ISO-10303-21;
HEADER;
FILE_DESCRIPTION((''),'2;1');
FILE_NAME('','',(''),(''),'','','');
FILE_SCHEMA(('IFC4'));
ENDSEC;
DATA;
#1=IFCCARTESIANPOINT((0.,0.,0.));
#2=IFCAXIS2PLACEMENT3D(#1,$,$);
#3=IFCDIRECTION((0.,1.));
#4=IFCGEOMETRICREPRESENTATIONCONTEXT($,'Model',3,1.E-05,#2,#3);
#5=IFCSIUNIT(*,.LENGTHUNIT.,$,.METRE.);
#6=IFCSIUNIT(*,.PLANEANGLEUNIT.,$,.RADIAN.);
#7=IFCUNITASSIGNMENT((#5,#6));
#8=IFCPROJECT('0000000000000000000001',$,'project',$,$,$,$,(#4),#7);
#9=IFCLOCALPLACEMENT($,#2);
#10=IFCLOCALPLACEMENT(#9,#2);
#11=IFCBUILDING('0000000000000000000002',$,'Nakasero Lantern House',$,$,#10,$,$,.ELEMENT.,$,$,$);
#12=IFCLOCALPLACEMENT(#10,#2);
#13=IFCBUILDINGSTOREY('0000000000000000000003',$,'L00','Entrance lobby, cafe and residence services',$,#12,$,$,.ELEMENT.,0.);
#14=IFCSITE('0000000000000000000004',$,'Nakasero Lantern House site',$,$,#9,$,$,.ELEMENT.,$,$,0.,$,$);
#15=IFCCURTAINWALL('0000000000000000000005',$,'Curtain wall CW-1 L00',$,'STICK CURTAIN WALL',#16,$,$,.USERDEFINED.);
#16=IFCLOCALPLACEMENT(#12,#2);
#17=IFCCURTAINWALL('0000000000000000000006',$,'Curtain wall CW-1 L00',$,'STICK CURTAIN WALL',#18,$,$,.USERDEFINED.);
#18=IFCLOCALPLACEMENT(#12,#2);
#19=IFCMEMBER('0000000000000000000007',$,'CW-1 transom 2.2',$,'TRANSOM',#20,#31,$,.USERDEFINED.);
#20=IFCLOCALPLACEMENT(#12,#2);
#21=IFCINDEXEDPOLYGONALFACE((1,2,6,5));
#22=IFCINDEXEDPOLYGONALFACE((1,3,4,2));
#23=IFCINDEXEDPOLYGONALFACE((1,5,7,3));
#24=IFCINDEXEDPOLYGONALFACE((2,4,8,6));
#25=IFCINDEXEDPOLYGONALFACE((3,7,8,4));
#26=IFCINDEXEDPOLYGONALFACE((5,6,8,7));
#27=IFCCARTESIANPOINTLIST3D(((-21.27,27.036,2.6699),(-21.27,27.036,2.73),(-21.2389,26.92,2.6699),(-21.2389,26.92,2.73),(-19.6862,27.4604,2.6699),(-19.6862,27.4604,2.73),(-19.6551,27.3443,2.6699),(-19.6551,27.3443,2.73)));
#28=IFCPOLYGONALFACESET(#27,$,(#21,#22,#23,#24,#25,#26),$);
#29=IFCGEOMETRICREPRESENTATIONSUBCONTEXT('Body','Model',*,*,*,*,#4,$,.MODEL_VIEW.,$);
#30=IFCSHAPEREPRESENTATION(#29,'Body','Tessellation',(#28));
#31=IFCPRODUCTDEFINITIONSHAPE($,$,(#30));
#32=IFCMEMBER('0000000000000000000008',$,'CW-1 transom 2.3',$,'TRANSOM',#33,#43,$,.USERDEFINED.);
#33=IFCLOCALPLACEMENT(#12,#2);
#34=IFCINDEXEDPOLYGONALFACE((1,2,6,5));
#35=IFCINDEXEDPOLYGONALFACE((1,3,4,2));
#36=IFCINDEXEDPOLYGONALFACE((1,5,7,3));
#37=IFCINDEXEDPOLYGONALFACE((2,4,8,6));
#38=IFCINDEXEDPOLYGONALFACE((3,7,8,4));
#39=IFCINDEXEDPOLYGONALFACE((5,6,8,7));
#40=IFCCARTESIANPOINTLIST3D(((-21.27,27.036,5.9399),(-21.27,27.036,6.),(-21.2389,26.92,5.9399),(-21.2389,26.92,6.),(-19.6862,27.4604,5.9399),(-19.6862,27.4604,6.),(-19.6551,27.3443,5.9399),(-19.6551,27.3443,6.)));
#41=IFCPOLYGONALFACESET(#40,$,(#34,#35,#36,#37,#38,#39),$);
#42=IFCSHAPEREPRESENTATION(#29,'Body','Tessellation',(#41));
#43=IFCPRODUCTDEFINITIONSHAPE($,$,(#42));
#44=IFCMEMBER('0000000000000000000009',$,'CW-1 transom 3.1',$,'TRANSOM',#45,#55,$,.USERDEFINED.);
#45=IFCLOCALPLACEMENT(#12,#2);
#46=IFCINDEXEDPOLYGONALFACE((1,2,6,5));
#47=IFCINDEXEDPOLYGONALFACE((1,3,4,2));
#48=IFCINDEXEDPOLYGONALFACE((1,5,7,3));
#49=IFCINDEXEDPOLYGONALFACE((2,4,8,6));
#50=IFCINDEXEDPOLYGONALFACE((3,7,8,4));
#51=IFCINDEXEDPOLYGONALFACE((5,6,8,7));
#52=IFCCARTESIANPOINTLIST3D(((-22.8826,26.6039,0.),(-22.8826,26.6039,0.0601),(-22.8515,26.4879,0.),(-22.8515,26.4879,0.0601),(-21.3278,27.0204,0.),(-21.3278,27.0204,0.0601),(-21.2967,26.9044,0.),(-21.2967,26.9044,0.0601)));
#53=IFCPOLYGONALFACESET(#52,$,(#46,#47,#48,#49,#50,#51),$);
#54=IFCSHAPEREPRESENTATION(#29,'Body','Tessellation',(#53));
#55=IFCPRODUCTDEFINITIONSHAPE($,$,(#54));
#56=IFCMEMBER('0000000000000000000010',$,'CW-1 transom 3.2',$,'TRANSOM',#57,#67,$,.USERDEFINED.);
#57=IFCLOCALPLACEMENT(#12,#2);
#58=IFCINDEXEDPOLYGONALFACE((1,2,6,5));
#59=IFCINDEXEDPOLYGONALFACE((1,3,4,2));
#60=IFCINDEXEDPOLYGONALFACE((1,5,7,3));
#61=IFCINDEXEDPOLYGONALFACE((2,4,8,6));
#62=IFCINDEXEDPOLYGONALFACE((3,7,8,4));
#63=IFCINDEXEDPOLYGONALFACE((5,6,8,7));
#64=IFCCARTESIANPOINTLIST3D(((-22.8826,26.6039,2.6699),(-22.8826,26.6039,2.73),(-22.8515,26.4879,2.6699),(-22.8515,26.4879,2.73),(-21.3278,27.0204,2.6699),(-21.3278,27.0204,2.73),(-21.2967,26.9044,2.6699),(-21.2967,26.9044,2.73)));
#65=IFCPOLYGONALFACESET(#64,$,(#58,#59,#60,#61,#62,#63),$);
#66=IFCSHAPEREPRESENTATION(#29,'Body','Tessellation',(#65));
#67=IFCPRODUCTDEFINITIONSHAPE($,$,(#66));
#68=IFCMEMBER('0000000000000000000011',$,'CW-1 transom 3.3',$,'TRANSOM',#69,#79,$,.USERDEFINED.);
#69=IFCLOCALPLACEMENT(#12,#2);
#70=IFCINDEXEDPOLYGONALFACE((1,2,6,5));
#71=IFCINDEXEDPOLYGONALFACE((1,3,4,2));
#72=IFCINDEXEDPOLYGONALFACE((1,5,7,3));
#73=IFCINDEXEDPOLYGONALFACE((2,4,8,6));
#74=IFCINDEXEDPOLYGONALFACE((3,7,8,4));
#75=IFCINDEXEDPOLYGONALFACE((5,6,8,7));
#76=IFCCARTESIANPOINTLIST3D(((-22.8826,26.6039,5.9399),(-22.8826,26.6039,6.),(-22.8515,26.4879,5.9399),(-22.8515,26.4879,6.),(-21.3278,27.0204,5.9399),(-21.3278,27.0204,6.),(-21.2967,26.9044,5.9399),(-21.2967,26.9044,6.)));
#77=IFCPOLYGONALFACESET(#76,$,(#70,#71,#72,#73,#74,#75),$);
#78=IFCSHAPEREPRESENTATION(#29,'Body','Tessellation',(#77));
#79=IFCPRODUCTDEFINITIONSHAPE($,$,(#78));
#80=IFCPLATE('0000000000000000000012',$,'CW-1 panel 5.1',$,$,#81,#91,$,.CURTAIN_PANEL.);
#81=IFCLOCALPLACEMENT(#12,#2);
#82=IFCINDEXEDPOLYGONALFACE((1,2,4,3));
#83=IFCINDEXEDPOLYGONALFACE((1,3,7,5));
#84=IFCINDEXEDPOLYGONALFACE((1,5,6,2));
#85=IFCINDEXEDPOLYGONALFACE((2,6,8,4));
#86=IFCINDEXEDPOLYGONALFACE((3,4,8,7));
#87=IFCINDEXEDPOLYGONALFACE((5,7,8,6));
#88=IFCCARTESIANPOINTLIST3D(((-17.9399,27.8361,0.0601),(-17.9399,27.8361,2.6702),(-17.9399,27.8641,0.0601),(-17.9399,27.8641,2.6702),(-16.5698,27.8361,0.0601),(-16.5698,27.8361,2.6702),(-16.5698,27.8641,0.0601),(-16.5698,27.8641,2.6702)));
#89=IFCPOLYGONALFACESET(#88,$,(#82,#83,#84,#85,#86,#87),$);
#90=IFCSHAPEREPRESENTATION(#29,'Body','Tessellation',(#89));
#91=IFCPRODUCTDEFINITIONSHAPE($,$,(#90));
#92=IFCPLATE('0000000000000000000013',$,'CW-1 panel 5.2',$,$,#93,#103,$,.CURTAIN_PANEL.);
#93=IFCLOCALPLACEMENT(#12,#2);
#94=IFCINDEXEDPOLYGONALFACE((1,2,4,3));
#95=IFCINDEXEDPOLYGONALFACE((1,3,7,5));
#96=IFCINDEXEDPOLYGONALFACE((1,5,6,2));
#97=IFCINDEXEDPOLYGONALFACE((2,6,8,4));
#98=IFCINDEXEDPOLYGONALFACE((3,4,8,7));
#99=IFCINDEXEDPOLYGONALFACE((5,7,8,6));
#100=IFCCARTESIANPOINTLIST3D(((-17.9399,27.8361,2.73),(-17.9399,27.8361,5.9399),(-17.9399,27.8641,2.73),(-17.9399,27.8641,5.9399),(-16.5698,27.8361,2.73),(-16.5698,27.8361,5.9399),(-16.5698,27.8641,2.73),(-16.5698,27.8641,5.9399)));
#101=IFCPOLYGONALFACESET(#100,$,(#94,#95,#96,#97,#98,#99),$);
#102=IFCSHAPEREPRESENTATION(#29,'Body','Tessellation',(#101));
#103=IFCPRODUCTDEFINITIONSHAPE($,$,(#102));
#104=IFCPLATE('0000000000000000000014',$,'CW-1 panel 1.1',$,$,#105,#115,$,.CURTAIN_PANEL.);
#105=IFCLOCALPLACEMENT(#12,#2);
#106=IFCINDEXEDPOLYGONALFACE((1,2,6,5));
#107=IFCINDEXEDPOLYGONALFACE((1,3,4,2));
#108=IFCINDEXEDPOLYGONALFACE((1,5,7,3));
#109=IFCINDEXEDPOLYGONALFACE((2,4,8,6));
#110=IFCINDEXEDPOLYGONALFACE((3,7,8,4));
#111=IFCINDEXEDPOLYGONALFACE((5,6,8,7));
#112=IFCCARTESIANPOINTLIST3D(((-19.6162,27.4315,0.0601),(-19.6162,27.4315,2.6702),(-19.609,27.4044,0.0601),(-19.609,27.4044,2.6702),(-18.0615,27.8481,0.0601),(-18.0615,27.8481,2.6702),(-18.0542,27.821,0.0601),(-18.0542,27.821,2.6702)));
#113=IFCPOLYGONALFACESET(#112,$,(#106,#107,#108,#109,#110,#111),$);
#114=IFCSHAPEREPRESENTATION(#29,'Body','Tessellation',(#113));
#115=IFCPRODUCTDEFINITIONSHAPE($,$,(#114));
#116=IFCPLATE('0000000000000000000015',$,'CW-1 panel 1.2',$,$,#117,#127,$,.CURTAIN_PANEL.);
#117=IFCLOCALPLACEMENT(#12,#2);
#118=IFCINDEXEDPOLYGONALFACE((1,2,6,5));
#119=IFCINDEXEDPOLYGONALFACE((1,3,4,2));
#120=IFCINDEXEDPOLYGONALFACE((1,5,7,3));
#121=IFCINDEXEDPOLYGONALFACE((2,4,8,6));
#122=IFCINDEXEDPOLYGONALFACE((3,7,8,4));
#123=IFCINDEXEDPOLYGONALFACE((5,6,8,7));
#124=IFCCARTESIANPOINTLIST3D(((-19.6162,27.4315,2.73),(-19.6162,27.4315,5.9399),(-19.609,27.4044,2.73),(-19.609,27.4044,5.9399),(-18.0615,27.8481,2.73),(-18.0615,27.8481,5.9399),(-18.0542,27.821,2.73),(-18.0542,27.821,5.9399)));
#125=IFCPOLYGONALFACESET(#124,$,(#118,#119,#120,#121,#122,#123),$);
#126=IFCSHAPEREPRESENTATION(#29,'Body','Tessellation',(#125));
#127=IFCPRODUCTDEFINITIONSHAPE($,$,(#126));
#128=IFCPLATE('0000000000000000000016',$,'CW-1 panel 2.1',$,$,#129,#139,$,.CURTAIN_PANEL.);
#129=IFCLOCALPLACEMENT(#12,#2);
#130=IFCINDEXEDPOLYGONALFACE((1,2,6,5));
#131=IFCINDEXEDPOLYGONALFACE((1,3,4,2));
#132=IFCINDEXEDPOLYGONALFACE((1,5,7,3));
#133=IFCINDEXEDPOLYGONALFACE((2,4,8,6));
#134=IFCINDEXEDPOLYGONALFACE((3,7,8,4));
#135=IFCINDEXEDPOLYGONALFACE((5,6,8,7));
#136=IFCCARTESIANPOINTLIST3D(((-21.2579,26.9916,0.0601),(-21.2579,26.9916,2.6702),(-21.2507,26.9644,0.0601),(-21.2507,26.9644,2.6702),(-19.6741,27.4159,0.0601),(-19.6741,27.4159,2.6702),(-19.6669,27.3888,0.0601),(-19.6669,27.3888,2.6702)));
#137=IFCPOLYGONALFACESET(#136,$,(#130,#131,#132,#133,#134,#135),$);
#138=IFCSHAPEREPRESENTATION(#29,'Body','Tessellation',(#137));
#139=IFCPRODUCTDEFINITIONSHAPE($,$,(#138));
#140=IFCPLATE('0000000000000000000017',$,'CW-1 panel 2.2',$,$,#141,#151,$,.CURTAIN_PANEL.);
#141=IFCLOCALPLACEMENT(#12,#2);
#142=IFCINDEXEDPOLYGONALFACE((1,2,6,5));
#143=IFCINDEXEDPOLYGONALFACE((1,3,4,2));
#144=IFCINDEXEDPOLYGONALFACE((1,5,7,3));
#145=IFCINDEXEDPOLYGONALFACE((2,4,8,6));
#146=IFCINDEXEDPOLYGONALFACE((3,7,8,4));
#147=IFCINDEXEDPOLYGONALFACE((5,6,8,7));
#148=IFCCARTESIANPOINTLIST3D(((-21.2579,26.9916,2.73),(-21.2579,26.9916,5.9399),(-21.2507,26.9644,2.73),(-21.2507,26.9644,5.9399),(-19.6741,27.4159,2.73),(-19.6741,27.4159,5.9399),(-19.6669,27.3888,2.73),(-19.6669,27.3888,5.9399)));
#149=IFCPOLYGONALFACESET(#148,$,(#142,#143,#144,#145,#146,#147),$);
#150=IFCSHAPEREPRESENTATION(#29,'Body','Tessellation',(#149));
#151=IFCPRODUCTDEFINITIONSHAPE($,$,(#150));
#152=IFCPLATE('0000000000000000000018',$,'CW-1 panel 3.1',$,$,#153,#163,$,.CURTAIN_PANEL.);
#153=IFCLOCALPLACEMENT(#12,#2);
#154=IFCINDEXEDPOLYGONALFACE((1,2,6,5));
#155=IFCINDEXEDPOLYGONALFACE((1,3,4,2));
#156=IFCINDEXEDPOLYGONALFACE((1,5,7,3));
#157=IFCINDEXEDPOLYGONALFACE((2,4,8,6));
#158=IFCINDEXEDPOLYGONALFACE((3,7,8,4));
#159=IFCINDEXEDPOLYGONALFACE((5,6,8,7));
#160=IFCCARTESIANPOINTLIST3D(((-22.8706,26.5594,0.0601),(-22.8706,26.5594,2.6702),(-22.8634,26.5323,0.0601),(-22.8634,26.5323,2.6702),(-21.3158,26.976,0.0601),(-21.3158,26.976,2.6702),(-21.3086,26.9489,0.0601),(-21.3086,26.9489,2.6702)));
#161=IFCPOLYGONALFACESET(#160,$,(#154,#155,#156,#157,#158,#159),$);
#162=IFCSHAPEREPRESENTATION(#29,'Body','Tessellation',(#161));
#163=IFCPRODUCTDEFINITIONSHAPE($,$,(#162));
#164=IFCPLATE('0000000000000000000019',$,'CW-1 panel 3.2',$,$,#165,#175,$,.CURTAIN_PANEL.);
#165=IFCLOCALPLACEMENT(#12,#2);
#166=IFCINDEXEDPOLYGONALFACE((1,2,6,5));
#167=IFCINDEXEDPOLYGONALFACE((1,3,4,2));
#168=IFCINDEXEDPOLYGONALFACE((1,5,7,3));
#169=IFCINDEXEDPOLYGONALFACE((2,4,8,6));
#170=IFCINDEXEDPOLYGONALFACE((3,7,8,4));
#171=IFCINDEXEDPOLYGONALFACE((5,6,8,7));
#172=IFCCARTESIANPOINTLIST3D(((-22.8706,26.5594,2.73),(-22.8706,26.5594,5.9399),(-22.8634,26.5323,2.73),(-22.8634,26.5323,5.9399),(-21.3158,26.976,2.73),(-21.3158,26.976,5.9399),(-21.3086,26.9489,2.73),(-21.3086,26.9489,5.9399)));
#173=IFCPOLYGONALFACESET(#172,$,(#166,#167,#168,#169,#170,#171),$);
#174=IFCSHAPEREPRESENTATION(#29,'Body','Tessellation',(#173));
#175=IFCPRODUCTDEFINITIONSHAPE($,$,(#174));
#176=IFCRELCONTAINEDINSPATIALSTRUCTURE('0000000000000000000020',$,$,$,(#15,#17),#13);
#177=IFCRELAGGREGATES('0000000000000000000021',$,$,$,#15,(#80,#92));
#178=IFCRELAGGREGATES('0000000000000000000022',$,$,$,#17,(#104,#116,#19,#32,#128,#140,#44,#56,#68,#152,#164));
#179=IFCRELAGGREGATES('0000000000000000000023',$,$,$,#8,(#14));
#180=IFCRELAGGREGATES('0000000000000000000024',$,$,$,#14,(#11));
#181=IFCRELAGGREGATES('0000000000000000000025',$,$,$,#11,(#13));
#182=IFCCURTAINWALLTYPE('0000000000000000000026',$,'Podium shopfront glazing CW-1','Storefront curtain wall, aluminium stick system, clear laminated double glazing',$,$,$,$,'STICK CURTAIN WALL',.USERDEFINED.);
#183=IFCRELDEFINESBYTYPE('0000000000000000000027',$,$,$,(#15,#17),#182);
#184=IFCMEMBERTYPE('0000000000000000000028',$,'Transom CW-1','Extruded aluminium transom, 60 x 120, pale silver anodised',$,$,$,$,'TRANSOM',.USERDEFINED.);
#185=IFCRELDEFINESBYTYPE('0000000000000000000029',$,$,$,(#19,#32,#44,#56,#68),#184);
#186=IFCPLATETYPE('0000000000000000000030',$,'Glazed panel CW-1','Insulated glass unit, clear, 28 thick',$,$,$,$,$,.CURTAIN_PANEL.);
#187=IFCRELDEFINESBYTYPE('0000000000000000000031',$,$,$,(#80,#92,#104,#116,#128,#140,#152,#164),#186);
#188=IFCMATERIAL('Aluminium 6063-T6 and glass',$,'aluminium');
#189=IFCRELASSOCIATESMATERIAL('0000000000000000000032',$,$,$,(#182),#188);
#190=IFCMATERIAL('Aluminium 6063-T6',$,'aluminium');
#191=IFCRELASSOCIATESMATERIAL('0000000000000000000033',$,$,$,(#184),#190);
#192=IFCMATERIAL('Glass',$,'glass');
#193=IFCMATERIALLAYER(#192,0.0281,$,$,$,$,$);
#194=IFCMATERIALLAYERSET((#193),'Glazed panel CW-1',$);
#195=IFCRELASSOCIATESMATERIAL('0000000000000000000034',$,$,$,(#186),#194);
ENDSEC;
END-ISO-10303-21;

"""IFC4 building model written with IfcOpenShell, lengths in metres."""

from ifc_helpers import new_model, si_unit, direction, frame, origin, origin_2d, place, context, subcontext, project, spatial, rectangle, extrude, material, layer, layer_set, material_profile, profile_set, type_object, element, aggregate, save


model = new_model("IFC4")

# Units and contexts
model_context = context("Model", 3, precision=1e-05, world=origin(), true_north=direction((0.0, 1.0)))
body_context = subcontext(model_context, "Body", "Model", "MODEL_VIEW")
ifc_project = project(units=[si_unit("LENGTHUNIT", "METRE"), si_unit("PLANEANGLEUNIT", "RADIAN")], contexts=[model_context])

# Site, building, storey
site_placement = place(None, origin())
site = spatial("IfcSite", under=ifc_project, at=site_placement, Name="Nakasero Lantern House site", CompositionType="ELEMENT", RefElevation=0.0)
building_placement = place(site_placement, origin())
building = spatial("IfcBuilding", under=site, at=building_placement, Name="Nakasero Lantern House", CompositionType="ELEMENT")
storey_placement = place(building_placement, origin())
storey = spatial("IfcBuildingStorey", under=building, at=storey_placement, Name="L00", Description="Entrance lobby, cafe and residence services", CompositionType="ELEMENT", Elevation=0.0)

# Curtain walls
ifc_material_1 = material(Name="Aluminium 6063-T6 and glass", Category="aluminium")
curtain_wall_type = type_object("IfcCurtainWallType", Name="Podium shopfront glazing CW-1", Description="Storefront curtain wall, aluminium stick system, clear laminated double glazing", ElementType="STICK CURTAIN WALL", PredefinedType="USERDEFINED", material=ifc_material_1)
curtain_wall_1_placement = place(storey_placement, origin())
curtain_wall_1 = element("IfcCurtainWall", 1, at=curtain_wall_1_placement, inside=storey, type_object=curtain_wall_type, Name="Curtain wall CW-1 L00", ObjectType="STICK CURTAIN WALL", PredefinedType="USERDEFINED")
curtain_wall_2_placement = place(storey_placement, origin())
curtain_wall_2 = element("IfcCurtainWall", 2, at=curtain_wall_2_placement, inside=storey, type_object=curtain_wall_type, Name="Curtain wall CW-1 L00", ObjectType="STICK CURTAIN WALL", PredefinedType="USERDEFINED")

# Members
ifc_material_2 = material(Name="Aluminium 6063-T6", Category="aluminium")
ifc_material_profile_1 = material_profile(ifc_material_2, rectangle(XDim=0.0601, YDim=0.1201, at=origin_2d()), Name="CW-1 transom 60x120")
ifc_profile_set_1 = profile_set([ifc_material_profile_1], Name="Aluminium 6063-T6")
member_type_1 = type_object("IfcMemberType", Name="Transom CW-1", Description="Extruded aluminium transom, 60 x 120, pale silver anodised", ElementType="TRANSOM", PredefinedType="USERDEFINED", material=ifc_profile_set_1)
member_1_placement = place(storey_placement, frame((-19.6707, 27.4023, 2.7), z_axis=(-0.965933, -0.258793, 0.0), x_axis=(0.0, 0.0, 1.0)))
member_1 = element("IfcMember", 3, at=member_1_placement, type_object=member_type_1, Name="CW-1 transom 2.2", ObjectType="TRANSOM", PredefinedType="USERDEFINED", context=body_context, shape_type="SweptSolid", body=[
    extrude(rectangle(XDim=0.0601, YDim=0.1201, at=origin_2d()), origin(), (0.0, 0.0, 1.0), 1.6396),
])
member_2_placement = place(storey_placement, frame((-19.6707, 27.4023, 5.97), z_axis=(-0.965933, -0.258793, 0.0), x_axis=(0.0, 0.0, 1.0)))
member_2 = element("IfcMember", 4, at=member_2_placement, type_object=member_type_1, Name="CW-1 transom 2.3", ObjectType="TRANSOM", PredefinedType="USERDEFINED", context=body_context, shape_type="SweptSolid", body=[
    extrude(rectangle(XDim=0.0601, YDim=0.1201, at=origin_2d()), origin(), (0.0, 0.0, 1.0), 1.6396),
])
member_3_placement = place(storey_placement, frame((-21.3123, 26.9624, 0.03), z_axis=(-0.965937, -0.258777, 0.0), x_axis=(0.0, 0.0, 1.0)))
member_3 = element("IfcMember", 5, at=member_3_placement, type_object=member_type_1, Name="CW-1 transom 3.1", ObjectType="TRANSOM", PredefinedType="USERDEFINED", context=body_context, shape_type="SweptSolid", body=[
    extrude(rectangle(XDim=0.0601, YDim=0.1201, at=origin_2d()), origin(), (0.0, 0.0, 1.0), 1.6096),
])
member_4_placement = place(storey_placement, frame((-21.3123, 26.9624, 2.7), z_axis=(-0.965937, -0.258777, 0.0), x_axis=(0.0, 0.0, 1.0)))
member_4 = element("IfcMember", 6, at=member_4_placement, type_object=member_type_1, Name="CW-1 transom 3.2", ObjectType="TRANSOM", PredefinedType="USERDEFINED", context=body_context, shape_type="SweptSolid", body=[
    extrude(rectangle(XDim=0.0601, YDim=0.1201, at=origin_2d()), origin(), (0.0, 0.0, 1.0), 1.6096),
])
member_5_placement = place(storey_placement, frame((-21.3123, 26.9624, 5.97), z_axis=(-0.965937, -0.258777, 0.0), x_axis=(0.0, 0.0, 1.0)))
member_5 = element("IfcMember", 7, at=member_5_placement, type_object=member_type_1, Name="CW-1 transom 3.3", ObjectType="TRANSOM", PredefinedType="USERDEFINED", context=body_context, shape_type="SweptSolid", body=[
    extrude(rectangle(XDim=0.0601, YDim=0.1201, at=origin_2d()), origin(), (0.0, 0.0, 1.0), 1.6096),
])

# Plates
ifc_material_3 = material(Name="Glass", Category="glass")
ifc_layer = layer(ifc_material_3, 0.0281)
ifc_layer_set = layer_set([ifc_layer], Name="Glazed panel CW-1")
plate_type = type_object("IfcPlateType", Name="Glazed panel CW-1", Description="Insulated glass unit, clear, 28 thick", PredefinedType="CURTAIN_PANEL", material=ifc_layer_set)
plate_1_placement = place(storey_placement, frame((-17.2549, 27.8501, 0.0601), z_axis=(0.0, 0.0, 1.0), x_axis=(-1.0, 0.0, 0.0)))
plate_1 = element("IfcPlate", 8, at=plate_1_placement, type_object=plate_type, Name="CW-1 panel 5.1", PredefinedType="CURTAIN_PANEL", context=body_context, shape_type="SweptSolid", body=[
    extrude(rectangle(XDim=1.3701, YDim=0.0281, at=origin_2d()), origin(), (0.0, 0.0, 1.0), 2.6101),
])
plate_2_placement = place(storey_placement, frame((-17.2549, 27.8501, 2.73), z_axis=(0.0, 0.0, 1.0), x_axis=(-1.0, 0.0, 0.0)))
plate_2 = element("IfcPlate", 9, at=plate_2_placement, type_object=plate_type, Name="CW-1 panel 5.2", PredefinedType="CURTAIN_PANEL", context=body_context, shape_type="SweptSolid", body=[
    extrude(rectangle(XDim=1.3701, YDim=0.0281, at=origin_2d()), origin(), (0.0, 0.0, 1.0), 3.21),
])
aggregate(curtain_wall_1, [plate_1, plate_2])
plate_3_placement = place(storey_placement, frame((-18.8352, 27.6262, 0.0601), z_axis=(0.0, 0.0, 1.0), x_axis=(-0.965926, -0.258819, 0.0)))
plate_3 = element("IfcPlate", 10, at=plate_3_placement, type_object=plate_type, Name="CW-1 panel 1.1", PredefinedType="CURTAIN_PANEL", context=body_context, shape_type="SweptSolid", body=[
    extrude(rectangle(XDim=1.6096, YDim=0.0281, at=origin_2d()), origin(), (0.0, 0.0, 1.0), 2.6101),
])
plate_4_placement = place(storey_placement, frame((-18.8352, 27.6262, 2.73), z_axis=(0.0, 0.0, 1.0), x_axis=(-0.965926, -0.258819, 0.0)))
plate_4 = element("IfcPlate", 11, at=plate_4_placement, type_object=plate_type, Name="CW-1 panel 1.2", PredefinedType="CURTAIN_PANEL", context=body_context, shape_type="SweptSolid", body=[
    extrude(rectangle(XDim=1.6096, YDim=0.0281, at=origin_2d()), origin(), (0.0, 0.0, 1.0), 3.21),
])
plate_5_placement = place(storey_placement, frame((-20.4624, 27.1902, 0.0601), z_axis=(0.0, 0.0, 1.0), x_axis=(-0.965926, -0.258819, 0.0)))
plate_5 = element("IfcPlate", 12, at=plate_5_placement, type_object=plate_type, Name="CW-1 panel 2.1", PredefinedType="CURTAIN_PANEL", context=body_context, shape_type="SweptSolid", body=[
    extrude(rectangle(XDim=1.6396, YDim=0.0281, at=origin_2d()), origin(), (0.0, 0.0, 1.0), 2.6101),
])
plate_6_placement = place(storey_placement, frame((-20.4624, 27.1902, 2.73), z_axis=(0.0, 0.0, 1.0), x_axis=(-0.965926, -0.258819, 0.0)))
plate_6 = element("IfcPlate", 13, at=plate_6_placement, type_object=plate_type, Name="CW-1 panel 2.2", PredefinedType="CURTAIN_PANEL", context=body_context, shape_type="SweptSolid", body=[
    extrude(rectangle(XDim=1.6396, YDim=0.0281, at=origin_2d()), origin(), (0.0, 0.0, 1.0), 3.21),
])
plate_7_placement = place(storey_placement, frame((-22.0896, 26.7542, 0.0601), z_axis=(0.0, 0.0, 1.0), x_axis=(-0.965926, -0.258819, 0.0)))
plate_7 = element("IfcPlate", 14, at=plate_7_placement, type_object=plate_type, Name="CW-1 panel 3.1", PredefinedType="CURTAIN_PANEL", context=body_context, shape_type="SweptSolid", body=[
    extrude(rectangle(XDim=1.6096, YDim=0.0281, at=origin_2d()), origin(), (0.0, 0.0, 1.0), 2.6101),
])
plate_8_placement = place(storey_placement, frame((-22.0896, 26.7542, 2.73), z_axis=(0.0, 0.0, 1.0), x_axis=(-0.965926, -0.258819, 0.0)))
plate_8 = element("IfcPlate", 15, at=plate_8_placement, type_object=plate_type, Name="CW-1 panel 3.2", PredefinedType="CURTAIN_PANEL", context=body_context, shape_type="SweptSolid", body=[
    extrude(rectangle(XDim=1.6096, YDim=0.0281, at=origin_2d()), origin(), (0.0, 0.0, 1.0), 3.21),
])
aggregate(curtain_wall_2, [plate_3, plate_4, member_1, member_2, plate_5, plate_6, member_3, member_4, member_5, plate_7, plate_8])

save(model, "model.ifc")
